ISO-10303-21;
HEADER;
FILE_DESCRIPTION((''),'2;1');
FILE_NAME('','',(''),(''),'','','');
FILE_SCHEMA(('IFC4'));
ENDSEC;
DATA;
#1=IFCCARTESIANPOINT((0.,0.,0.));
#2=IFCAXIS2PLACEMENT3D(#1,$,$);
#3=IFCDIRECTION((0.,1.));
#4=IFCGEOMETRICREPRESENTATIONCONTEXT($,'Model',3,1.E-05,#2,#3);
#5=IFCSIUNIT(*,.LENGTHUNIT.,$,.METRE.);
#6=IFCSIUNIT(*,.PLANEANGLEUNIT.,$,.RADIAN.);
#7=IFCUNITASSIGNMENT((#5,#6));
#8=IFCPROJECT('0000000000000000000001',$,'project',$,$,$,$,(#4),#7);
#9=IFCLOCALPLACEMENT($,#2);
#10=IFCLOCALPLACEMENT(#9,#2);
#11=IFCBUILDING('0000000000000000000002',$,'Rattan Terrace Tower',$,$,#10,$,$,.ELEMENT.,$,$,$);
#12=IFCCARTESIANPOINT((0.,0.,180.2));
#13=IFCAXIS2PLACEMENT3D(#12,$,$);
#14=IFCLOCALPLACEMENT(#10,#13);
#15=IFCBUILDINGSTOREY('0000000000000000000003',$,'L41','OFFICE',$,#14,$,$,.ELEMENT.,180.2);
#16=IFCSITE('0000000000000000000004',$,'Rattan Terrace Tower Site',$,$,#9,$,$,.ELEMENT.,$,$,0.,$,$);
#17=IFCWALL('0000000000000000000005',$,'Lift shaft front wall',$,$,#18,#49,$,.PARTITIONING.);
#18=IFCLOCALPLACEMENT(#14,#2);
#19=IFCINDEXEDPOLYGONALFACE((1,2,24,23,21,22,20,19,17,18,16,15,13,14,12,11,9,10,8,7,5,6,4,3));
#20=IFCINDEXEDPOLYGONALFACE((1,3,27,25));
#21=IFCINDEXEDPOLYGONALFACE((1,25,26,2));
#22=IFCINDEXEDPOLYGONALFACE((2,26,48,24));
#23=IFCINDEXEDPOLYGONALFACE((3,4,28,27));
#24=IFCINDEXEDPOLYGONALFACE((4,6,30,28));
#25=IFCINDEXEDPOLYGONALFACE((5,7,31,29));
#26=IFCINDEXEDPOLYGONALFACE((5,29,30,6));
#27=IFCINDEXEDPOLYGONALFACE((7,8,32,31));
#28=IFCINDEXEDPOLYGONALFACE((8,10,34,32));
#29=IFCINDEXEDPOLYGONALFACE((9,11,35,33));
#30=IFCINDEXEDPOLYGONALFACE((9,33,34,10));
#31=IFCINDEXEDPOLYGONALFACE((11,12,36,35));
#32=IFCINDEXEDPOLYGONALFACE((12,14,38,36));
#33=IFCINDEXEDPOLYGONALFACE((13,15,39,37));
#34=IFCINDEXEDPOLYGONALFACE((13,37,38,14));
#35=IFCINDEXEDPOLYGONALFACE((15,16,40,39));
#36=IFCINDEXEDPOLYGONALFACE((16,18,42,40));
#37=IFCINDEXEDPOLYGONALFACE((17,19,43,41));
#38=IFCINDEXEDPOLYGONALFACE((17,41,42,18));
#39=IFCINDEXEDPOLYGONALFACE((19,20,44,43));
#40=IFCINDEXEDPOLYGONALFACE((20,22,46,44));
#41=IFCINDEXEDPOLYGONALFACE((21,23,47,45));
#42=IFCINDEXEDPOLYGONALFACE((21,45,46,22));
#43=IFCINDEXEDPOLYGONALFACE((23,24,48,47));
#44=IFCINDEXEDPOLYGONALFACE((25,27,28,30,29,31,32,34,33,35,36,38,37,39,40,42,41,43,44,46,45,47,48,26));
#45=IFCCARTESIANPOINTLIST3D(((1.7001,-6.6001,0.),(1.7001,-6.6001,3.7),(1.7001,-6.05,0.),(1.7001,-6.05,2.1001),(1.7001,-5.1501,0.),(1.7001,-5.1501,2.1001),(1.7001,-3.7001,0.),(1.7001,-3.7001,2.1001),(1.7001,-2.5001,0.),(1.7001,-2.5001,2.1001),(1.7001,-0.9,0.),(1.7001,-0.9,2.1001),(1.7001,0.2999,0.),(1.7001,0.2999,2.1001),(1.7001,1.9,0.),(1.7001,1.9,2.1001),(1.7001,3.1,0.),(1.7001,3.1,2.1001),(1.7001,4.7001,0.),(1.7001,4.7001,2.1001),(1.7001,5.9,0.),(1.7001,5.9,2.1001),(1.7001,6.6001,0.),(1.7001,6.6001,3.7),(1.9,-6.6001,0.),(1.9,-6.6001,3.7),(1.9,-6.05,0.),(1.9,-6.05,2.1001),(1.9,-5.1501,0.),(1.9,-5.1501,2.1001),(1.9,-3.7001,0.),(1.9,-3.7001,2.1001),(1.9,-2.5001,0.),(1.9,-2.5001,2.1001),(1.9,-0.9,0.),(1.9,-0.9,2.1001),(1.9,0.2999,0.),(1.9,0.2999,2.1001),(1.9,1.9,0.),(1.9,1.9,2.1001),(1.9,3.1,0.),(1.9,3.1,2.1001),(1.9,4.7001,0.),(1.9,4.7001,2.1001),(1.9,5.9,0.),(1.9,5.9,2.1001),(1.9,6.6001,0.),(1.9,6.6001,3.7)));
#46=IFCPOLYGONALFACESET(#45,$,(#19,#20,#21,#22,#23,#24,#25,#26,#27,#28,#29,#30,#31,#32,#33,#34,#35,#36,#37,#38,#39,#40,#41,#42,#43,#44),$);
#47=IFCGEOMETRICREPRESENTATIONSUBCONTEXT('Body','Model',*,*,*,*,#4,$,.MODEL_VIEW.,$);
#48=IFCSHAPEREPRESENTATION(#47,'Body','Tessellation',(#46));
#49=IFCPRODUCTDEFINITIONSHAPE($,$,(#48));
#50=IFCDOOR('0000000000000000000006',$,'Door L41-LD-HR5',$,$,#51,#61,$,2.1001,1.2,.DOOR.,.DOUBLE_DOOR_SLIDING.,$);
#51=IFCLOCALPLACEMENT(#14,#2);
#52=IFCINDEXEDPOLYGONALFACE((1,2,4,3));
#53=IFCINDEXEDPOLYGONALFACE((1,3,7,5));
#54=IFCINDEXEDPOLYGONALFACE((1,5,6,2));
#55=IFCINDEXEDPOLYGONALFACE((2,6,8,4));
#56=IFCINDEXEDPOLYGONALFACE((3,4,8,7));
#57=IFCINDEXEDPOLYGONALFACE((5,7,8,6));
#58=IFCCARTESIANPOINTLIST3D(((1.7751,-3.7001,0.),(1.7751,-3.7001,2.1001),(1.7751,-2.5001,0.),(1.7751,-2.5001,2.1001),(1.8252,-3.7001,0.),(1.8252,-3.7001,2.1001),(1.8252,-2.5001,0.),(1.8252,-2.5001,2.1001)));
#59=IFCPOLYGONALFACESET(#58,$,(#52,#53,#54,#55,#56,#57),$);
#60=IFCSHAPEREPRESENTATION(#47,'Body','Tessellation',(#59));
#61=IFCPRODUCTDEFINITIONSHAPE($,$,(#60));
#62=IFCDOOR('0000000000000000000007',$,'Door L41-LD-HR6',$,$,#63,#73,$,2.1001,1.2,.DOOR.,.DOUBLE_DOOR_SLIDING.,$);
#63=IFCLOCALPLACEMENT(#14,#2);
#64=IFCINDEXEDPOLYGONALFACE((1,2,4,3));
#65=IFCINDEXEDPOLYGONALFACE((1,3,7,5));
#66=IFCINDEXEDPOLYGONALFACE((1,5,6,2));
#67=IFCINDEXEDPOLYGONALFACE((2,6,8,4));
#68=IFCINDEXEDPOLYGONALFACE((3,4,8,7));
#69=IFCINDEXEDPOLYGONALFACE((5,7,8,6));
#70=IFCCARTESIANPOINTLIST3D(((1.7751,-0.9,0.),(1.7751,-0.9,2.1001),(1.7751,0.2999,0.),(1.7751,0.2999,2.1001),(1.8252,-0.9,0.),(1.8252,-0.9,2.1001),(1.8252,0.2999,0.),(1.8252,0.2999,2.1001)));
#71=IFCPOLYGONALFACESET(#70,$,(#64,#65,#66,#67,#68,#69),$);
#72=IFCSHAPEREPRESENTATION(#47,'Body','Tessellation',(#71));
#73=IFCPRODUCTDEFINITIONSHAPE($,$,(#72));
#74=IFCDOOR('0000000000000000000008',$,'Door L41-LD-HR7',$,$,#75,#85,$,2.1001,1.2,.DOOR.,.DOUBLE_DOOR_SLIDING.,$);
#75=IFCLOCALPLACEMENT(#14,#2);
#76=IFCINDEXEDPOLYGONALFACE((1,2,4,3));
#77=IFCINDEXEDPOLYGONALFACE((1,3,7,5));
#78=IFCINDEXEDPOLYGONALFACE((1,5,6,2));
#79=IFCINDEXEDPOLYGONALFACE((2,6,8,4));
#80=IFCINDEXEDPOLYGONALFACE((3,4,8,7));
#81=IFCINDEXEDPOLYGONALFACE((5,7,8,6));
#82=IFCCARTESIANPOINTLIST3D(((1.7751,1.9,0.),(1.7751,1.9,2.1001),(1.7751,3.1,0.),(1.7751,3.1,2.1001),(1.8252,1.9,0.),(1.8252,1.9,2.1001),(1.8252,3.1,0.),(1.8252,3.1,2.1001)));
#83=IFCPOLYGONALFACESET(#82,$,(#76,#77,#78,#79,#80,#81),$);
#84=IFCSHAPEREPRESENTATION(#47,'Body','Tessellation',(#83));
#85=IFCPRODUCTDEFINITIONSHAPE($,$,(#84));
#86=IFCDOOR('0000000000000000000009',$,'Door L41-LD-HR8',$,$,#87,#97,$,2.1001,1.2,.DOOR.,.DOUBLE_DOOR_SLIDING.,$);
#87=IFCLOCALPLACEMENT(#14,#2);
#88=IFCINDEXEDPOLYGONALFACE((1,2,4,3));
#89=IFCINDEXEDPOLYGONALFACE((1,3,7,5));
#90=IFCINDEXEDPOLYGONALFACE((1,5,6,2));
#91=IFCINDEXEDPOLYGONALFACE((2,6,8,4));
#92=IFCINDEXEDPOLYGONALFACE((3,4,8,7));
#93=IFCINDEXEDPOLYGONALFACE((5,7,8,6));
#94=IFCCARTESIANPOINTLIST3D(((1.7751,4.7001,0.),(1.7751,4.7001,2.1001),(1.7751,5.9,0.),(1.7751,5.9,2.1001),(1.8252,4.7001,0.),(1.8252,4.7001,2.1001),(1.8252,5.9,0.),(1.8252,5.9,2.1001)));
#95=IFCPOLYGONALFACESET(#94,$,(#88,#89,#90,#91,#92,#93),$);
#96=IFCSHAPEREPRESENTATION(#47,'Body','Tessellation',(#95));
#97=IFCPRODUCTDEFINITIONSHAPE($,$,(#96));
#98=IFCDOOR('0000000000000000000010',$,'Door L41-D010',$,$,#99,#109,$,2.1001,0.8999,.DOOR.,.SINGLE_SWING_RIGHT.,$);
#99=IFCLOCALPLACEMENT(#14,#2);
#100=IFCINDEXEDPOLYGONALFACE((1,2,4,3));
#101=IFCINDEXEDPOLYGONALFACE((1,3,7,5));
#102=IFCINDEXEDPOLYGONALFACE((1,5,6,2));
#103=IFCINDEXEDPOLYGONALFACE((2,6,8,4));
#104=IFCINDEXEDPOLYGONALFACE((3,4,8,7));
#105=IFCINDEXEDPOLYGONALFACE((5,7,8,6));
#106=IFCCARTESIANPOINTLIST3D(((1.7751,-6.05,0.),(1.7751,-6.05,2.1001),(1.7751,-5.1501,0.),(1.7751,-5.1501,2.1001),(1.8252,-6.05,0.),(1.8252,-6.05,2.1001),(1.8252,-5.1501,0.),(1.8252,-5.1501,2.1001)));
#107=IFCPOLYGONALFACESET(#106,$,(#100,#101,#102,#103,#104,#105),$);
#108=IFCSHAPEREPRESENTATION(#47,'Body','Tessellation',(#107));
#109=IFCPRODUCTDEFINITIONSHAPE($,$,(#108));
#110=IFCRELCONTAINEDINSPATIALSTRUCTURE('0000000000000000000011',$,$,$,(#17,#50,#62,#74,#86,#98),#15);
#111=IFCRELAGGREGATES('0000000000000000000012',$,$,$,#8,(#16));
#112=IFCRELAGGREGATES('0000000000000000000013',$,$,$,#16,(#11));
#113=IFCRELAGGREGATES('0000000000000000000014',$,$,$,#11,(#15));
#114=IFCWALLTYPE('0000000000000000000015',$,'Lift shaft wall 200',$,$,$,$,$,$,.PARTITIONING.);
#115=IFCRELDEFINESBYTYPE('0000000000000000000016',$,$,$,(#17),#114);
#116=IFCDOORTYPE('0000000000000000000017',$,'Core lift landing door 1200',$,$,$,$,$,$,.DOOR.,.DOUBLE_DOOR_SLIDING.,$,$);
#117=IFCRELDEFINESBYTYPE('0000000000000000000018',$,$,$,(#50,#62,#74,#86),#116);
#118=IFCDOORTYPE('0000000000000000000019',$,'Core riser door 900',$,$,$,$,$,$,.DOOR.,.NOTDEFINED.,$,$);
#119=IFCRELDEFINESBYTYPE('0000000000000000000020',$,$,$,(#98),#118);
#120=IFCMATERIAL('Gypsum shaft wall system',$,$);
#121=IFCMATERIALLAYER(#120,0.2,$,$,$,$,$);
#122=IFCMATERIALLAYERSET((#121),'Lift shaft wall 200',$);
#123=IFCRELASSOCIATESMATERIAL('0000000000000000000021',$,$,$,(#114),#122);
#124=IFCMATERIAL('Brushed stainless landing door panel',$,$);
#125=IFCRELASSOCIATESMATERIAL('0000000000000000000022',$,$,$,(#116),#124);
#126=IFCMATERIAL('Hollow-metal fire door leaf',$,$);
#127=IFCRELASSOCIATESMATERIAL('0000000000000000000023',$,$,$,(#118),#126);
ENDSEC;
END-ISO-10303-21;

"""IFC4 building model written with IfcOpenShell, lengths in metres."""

from ifc_helpers import new_model, si_unit, direction, frame, frame_2d, origin, place, context, subcontext, project, spatial, rectangle, extrude, material, layer, layer_set, type_object, element, fill, save


model = new_model("IFC4")

# Units and contexts
model_context = context("Model", 3, precision=1e-05, world=origin(), true_north=direction((0.0, 1.0)))
body_context = subcontext(model_context, "Body", "Model", "MODEL_VIEW")
ifc_project = project(units=[si_unit("LENGTHUNIT", "METRE"), si_unit("PLANEANGLEUNIT", "RADIAN")], contexts=[model_context])

# Site, building, storey
site_placement = place(None, origin())
site = spatial("IfcSite", under=ifc_project, at=site_placement, Name="Rattan Terrace Tower Site", CompositionType="ELEMENT", RefElevation=0.0)
building_placement = place(site_placement, origin())
building = spatial("IfcBuilding", under=site, at=building_placement, Name="Rattan Terrace Tower", CompositionType="ELEMENT")
storey_placement = place(building_placement, frame((0.0, 0.0, 180.2)))
storey = spatial("IfcBuildingStorey", under=building, at=storey_placement, Name="L41", Description="OFFICE", CompositionType="ELEMENT", Elevation=180.2)

# Wall, openings, doors
ifc_material_1 = material(Name="Gypsum shaft wall system")
ifc_layer_1 = layer(ifc_material_1, 0.2)
ifc_layer_set_1 = layer_set([ifc_layer_1], Name="Lift shaft wall 200")
wall_type_1 = type_object("IfcWallType", Name="Lift shaft wall 200", PredefinedType="PARTITIONING", material=ifc_layer_set_1)
ifc_material_2 = material(Name="Brushed stainless landing door panel")
door_type_1 = type_object("IfcDoorType", Name="Core lift landing door 1200", OperationType="DOUBLE_DOOR_SLIDING", PredefinedType="DOOR", material=ifc_material_2)
ifc_material_3 = material(Name="Hollow-metal fire door leaf")
door_type_2 = type_object("IfcDoorType", Name="Core riser door 900", OperationType="NOTDEFINED", PredefinedType="DOOR", material=ifc_material_3)
wall_1_placement = place(storey_placement, frame((1.8, -6.6001, 0.0), z_axis=(0.0, 0.0, 1.0), x_axis=(0.0, 1.0, 0.0)))
wall_1 = element("IfcWall", 1, at=wall_1_placement, inside=storey, type_object=wall_type_1, Name="Lift shaft front wall", PredefinedType="PARTITIONING", context=body_context, shape_type="SweptSolid", body=[
    extrude(rectangle(XDim=13.2002, YDim=0.2, at=frame_2d((6.6001, 0.0))), origin(), (0.0, 0.0, 1.0), 3.7),
])
opening_1_placement = place(wall_1_placement, frame((0.55, 0.0, 0.0)))
opening_1 = element("IfcOpeningElement", 2, at=opening_1_placement, cuts=wall_1, PredefinedType="OPENING", context=body_context, shape_type="SweptSolid", body=[
    extrude(rectangle(XDim=0.8999, YDim=2.1001, at=frame_2d((0.45, 1.05))), frame((0.0, 0.1106, 0.0), z_axis=(0.0, -1.0, 0.0), x_axis=(1.0, 0.0, 0.0)), (0.0, 0.0, 1.0), 0.2209),
])
opening_2_placement = place(wall_1_placement, frame((2.8999, 0.0, 0.0)))
opening_2 = element("IfcOpeningElement", 3, at=opening_2_placement, cuts=wall_1, PredefinedType="OPENING", context=body_context, shape_type="SweptSolid", body=[
    extrude(rectangle(XDim=1.2, YDim=2.1001, at=frame_2d((0.6001, 1.05))), frame((0.0, 0.1106, 0.0), z_axis=(0.0, -1.0, 0.0), x_axis=(1.0, 0.0, 0.0)), (0.0, 0.0, 1.0), 0.2209),
])
opening_3_placement = place(wall_1_placement, frame((5.7, 0.0, 0.0)))
opening_3 = element("IfcOpeningElement", 4, at=opening_3_placement, cuts=wall_1, PredefinedType="OPENING", context=body_context, shape_type="SweptSolid", body=[
    extrude(rectangle(XDim=1.2, YDim=2.1001, at=frame_2d((0.6001, 1.05))), frame((0.0, 0.1106, 0.0), z_axis=(0.0, -1.0, 0.0), x_axis=(1.0, 0.0, 0.0)), (0.0, 0.0, 1.0), 0.2209),
])
opening_4_placement = place(wall_1_placement, frame((8.5, 0.0, 0.0)))
opening_4 = element("IfcOpeningElement", 5, at=opening_4_placement, cuts=wall_1, PredefinedType="OPENING", context=body_context, shape_type="SweptSolid", body=[
    extrude(rectangle(XDim=1.2, YDim=2.1001, at=frame_2d((0.6001, 1.05))), frame((0.0, 0.1106, 0.0), z_axis=(0.0, -1.0, 0.0), x_axis=(1.0, 0.0, 0.0)), (0.0, 0.0, 1.0), 0.2209),
])
opening_5_placement = place(wall_1_placement, frame((11.3, 0.0, 0.0)))
opening_5 = element("IfcOpeningElement", 6, at=opening_5_placement, cuts=wall_1, PredefinedType="OPENING", context=body_context, shape_type="SweptSolid", body=[
    extrude(rectangle(XDim=1.2, YDim=2.1001, at=frame_2d((0.6001, 1.05))), frame((0.0, 0.1106, 0.0), z_axis=(0.0, -1.0, 0.0), x_axis=(1.0, 0.0, 0.0)), (0.0, 0.0, 1.0), 0.2209),
])
door_1_placement = place(opening_2_placement, origin())
door_1 = element("IfcDoor", 7, at=door_1_placement, inside=storey, type_object=door_type_1, Name="Door L41-LD-HR5", OperationType="DOUBLE_DOOR_SLIDING", OverallHeight=2.1001, OverallWidth=1.2, PredefinedType="DOOR", context=body_context, shape_type="SweptSolid", body=[
    extrude(rectangle(XDim=1.2, YDim=2.1001, at=frame_2d((0.6001, 1.05))), frame((0.0, 0.0249, 0.0), z_axis=(0.0, -1.0, 0.0), x_axis=(1.0, 0.0, 0.0)), (0.0, 0.0, 1.0), 0.05),
])
fill(opening_2, door_1)
door_2_placement = place(opening_3_placement, origin())
door_2 = element("IfcDoor", 8, at=door_2_placement, inside=storey, type_object=door_type_1, Name="Door L41-LD-HR6", OperationType="DOUBLE_DOOR_SLIDING", OverallHeight=2.1001, OverallWidth=1.2, PredefinedType="DOOR", context=body_context, shape_type="SweptSolid", body=[
    extrude(rectangle(XDim=1.2, YDim=2.1001, at=frame_2d((0.6001, 1.05))), frame((0.0, 0.0249, 0.0), z_axis=(0.0, -1.0, 0.0), x_axis=(1.0, 0.0, 0.0)), (0.0, 0.0, 1.0), 0.05),
])
fill(opening_3, door_2)
door_3_placement = place(opening_4_placement, origin())
door_3 = element("IfcDoor", 9, at=door_3_placement, inside=storey, type_object=door_type_1, Name="Door L41-LD-HR7", OperationType="DOUBLE_DOOR_SLIDING", OverallHeight=2.1001, OverallWidth=1.2, PredefinedType="DOOR", context=body_context, shape_type="SweptSolid", body=[
    extrude(rectangle(XDim=1.2, YDim=2.1001, at=frame_2d((0.6001, 1.05))), frame((0.0, 0.0249, 0.0), z_axis=(0.0, -1.0, 0.0), x_axis=(1.0, 0.0, 0.0)), (0.0, 0.0, 1.0), 0.05),
])
fill(opening_4, door_3)
door_4_placement = place(opening_5_placement, origin())
door_4 = element("IfcDoor", 10, at=door_4_placement, inside=storey, type_object=door_type_1, Name="Door L41-LD-HR8", OperationType="DOUBLE_DOOR_SLIDING", OverallHeight=2.1001, OverallWidth=1.2, PredefinedType="DOOR", context=body_context, shape_type="SweptSolid", body=[
    extrude(rectangle(XDim=1.2, YDim=2.1001, at=frame_2d((0.6001, 1.05))), frame((0.0, 0.0249, 0.0), z_axis=(0.0, -1.0, 0.0), x_axis=(1.0, 0.0, 0.0)), (0.0, 0.0, 1.0), 0.05),
])
fill(opening_5, door_4)
door_5_placement = place(opening_1_placement, origin())
door_5 = element("IfcDoor", 11, at=door_5_placement, inside=storey, type_object=door_type_2, Name="Door L41-D010", OperationType="SINGLE_SWING_RIGHT", OverallHeight=2.1001, OverallWidth=0.8999, PredefinedType="DOOR", context=body_context, shape_type="SweptSolid", body=[
    extrude(rectangle(XDim=0.8999, YDim=2.1001, at=frame_2d((0.45, 1.05))), frame((0.0, 0.0249, 0.0), z_axis=(0.0, -1.0, 0.0), x_axis=(1.0, 0.0, 0.0)), (0.0, 0.0, 1.0), 0.05),
])
fill(opening_1, door_5)

save(model, "model.ifc")
